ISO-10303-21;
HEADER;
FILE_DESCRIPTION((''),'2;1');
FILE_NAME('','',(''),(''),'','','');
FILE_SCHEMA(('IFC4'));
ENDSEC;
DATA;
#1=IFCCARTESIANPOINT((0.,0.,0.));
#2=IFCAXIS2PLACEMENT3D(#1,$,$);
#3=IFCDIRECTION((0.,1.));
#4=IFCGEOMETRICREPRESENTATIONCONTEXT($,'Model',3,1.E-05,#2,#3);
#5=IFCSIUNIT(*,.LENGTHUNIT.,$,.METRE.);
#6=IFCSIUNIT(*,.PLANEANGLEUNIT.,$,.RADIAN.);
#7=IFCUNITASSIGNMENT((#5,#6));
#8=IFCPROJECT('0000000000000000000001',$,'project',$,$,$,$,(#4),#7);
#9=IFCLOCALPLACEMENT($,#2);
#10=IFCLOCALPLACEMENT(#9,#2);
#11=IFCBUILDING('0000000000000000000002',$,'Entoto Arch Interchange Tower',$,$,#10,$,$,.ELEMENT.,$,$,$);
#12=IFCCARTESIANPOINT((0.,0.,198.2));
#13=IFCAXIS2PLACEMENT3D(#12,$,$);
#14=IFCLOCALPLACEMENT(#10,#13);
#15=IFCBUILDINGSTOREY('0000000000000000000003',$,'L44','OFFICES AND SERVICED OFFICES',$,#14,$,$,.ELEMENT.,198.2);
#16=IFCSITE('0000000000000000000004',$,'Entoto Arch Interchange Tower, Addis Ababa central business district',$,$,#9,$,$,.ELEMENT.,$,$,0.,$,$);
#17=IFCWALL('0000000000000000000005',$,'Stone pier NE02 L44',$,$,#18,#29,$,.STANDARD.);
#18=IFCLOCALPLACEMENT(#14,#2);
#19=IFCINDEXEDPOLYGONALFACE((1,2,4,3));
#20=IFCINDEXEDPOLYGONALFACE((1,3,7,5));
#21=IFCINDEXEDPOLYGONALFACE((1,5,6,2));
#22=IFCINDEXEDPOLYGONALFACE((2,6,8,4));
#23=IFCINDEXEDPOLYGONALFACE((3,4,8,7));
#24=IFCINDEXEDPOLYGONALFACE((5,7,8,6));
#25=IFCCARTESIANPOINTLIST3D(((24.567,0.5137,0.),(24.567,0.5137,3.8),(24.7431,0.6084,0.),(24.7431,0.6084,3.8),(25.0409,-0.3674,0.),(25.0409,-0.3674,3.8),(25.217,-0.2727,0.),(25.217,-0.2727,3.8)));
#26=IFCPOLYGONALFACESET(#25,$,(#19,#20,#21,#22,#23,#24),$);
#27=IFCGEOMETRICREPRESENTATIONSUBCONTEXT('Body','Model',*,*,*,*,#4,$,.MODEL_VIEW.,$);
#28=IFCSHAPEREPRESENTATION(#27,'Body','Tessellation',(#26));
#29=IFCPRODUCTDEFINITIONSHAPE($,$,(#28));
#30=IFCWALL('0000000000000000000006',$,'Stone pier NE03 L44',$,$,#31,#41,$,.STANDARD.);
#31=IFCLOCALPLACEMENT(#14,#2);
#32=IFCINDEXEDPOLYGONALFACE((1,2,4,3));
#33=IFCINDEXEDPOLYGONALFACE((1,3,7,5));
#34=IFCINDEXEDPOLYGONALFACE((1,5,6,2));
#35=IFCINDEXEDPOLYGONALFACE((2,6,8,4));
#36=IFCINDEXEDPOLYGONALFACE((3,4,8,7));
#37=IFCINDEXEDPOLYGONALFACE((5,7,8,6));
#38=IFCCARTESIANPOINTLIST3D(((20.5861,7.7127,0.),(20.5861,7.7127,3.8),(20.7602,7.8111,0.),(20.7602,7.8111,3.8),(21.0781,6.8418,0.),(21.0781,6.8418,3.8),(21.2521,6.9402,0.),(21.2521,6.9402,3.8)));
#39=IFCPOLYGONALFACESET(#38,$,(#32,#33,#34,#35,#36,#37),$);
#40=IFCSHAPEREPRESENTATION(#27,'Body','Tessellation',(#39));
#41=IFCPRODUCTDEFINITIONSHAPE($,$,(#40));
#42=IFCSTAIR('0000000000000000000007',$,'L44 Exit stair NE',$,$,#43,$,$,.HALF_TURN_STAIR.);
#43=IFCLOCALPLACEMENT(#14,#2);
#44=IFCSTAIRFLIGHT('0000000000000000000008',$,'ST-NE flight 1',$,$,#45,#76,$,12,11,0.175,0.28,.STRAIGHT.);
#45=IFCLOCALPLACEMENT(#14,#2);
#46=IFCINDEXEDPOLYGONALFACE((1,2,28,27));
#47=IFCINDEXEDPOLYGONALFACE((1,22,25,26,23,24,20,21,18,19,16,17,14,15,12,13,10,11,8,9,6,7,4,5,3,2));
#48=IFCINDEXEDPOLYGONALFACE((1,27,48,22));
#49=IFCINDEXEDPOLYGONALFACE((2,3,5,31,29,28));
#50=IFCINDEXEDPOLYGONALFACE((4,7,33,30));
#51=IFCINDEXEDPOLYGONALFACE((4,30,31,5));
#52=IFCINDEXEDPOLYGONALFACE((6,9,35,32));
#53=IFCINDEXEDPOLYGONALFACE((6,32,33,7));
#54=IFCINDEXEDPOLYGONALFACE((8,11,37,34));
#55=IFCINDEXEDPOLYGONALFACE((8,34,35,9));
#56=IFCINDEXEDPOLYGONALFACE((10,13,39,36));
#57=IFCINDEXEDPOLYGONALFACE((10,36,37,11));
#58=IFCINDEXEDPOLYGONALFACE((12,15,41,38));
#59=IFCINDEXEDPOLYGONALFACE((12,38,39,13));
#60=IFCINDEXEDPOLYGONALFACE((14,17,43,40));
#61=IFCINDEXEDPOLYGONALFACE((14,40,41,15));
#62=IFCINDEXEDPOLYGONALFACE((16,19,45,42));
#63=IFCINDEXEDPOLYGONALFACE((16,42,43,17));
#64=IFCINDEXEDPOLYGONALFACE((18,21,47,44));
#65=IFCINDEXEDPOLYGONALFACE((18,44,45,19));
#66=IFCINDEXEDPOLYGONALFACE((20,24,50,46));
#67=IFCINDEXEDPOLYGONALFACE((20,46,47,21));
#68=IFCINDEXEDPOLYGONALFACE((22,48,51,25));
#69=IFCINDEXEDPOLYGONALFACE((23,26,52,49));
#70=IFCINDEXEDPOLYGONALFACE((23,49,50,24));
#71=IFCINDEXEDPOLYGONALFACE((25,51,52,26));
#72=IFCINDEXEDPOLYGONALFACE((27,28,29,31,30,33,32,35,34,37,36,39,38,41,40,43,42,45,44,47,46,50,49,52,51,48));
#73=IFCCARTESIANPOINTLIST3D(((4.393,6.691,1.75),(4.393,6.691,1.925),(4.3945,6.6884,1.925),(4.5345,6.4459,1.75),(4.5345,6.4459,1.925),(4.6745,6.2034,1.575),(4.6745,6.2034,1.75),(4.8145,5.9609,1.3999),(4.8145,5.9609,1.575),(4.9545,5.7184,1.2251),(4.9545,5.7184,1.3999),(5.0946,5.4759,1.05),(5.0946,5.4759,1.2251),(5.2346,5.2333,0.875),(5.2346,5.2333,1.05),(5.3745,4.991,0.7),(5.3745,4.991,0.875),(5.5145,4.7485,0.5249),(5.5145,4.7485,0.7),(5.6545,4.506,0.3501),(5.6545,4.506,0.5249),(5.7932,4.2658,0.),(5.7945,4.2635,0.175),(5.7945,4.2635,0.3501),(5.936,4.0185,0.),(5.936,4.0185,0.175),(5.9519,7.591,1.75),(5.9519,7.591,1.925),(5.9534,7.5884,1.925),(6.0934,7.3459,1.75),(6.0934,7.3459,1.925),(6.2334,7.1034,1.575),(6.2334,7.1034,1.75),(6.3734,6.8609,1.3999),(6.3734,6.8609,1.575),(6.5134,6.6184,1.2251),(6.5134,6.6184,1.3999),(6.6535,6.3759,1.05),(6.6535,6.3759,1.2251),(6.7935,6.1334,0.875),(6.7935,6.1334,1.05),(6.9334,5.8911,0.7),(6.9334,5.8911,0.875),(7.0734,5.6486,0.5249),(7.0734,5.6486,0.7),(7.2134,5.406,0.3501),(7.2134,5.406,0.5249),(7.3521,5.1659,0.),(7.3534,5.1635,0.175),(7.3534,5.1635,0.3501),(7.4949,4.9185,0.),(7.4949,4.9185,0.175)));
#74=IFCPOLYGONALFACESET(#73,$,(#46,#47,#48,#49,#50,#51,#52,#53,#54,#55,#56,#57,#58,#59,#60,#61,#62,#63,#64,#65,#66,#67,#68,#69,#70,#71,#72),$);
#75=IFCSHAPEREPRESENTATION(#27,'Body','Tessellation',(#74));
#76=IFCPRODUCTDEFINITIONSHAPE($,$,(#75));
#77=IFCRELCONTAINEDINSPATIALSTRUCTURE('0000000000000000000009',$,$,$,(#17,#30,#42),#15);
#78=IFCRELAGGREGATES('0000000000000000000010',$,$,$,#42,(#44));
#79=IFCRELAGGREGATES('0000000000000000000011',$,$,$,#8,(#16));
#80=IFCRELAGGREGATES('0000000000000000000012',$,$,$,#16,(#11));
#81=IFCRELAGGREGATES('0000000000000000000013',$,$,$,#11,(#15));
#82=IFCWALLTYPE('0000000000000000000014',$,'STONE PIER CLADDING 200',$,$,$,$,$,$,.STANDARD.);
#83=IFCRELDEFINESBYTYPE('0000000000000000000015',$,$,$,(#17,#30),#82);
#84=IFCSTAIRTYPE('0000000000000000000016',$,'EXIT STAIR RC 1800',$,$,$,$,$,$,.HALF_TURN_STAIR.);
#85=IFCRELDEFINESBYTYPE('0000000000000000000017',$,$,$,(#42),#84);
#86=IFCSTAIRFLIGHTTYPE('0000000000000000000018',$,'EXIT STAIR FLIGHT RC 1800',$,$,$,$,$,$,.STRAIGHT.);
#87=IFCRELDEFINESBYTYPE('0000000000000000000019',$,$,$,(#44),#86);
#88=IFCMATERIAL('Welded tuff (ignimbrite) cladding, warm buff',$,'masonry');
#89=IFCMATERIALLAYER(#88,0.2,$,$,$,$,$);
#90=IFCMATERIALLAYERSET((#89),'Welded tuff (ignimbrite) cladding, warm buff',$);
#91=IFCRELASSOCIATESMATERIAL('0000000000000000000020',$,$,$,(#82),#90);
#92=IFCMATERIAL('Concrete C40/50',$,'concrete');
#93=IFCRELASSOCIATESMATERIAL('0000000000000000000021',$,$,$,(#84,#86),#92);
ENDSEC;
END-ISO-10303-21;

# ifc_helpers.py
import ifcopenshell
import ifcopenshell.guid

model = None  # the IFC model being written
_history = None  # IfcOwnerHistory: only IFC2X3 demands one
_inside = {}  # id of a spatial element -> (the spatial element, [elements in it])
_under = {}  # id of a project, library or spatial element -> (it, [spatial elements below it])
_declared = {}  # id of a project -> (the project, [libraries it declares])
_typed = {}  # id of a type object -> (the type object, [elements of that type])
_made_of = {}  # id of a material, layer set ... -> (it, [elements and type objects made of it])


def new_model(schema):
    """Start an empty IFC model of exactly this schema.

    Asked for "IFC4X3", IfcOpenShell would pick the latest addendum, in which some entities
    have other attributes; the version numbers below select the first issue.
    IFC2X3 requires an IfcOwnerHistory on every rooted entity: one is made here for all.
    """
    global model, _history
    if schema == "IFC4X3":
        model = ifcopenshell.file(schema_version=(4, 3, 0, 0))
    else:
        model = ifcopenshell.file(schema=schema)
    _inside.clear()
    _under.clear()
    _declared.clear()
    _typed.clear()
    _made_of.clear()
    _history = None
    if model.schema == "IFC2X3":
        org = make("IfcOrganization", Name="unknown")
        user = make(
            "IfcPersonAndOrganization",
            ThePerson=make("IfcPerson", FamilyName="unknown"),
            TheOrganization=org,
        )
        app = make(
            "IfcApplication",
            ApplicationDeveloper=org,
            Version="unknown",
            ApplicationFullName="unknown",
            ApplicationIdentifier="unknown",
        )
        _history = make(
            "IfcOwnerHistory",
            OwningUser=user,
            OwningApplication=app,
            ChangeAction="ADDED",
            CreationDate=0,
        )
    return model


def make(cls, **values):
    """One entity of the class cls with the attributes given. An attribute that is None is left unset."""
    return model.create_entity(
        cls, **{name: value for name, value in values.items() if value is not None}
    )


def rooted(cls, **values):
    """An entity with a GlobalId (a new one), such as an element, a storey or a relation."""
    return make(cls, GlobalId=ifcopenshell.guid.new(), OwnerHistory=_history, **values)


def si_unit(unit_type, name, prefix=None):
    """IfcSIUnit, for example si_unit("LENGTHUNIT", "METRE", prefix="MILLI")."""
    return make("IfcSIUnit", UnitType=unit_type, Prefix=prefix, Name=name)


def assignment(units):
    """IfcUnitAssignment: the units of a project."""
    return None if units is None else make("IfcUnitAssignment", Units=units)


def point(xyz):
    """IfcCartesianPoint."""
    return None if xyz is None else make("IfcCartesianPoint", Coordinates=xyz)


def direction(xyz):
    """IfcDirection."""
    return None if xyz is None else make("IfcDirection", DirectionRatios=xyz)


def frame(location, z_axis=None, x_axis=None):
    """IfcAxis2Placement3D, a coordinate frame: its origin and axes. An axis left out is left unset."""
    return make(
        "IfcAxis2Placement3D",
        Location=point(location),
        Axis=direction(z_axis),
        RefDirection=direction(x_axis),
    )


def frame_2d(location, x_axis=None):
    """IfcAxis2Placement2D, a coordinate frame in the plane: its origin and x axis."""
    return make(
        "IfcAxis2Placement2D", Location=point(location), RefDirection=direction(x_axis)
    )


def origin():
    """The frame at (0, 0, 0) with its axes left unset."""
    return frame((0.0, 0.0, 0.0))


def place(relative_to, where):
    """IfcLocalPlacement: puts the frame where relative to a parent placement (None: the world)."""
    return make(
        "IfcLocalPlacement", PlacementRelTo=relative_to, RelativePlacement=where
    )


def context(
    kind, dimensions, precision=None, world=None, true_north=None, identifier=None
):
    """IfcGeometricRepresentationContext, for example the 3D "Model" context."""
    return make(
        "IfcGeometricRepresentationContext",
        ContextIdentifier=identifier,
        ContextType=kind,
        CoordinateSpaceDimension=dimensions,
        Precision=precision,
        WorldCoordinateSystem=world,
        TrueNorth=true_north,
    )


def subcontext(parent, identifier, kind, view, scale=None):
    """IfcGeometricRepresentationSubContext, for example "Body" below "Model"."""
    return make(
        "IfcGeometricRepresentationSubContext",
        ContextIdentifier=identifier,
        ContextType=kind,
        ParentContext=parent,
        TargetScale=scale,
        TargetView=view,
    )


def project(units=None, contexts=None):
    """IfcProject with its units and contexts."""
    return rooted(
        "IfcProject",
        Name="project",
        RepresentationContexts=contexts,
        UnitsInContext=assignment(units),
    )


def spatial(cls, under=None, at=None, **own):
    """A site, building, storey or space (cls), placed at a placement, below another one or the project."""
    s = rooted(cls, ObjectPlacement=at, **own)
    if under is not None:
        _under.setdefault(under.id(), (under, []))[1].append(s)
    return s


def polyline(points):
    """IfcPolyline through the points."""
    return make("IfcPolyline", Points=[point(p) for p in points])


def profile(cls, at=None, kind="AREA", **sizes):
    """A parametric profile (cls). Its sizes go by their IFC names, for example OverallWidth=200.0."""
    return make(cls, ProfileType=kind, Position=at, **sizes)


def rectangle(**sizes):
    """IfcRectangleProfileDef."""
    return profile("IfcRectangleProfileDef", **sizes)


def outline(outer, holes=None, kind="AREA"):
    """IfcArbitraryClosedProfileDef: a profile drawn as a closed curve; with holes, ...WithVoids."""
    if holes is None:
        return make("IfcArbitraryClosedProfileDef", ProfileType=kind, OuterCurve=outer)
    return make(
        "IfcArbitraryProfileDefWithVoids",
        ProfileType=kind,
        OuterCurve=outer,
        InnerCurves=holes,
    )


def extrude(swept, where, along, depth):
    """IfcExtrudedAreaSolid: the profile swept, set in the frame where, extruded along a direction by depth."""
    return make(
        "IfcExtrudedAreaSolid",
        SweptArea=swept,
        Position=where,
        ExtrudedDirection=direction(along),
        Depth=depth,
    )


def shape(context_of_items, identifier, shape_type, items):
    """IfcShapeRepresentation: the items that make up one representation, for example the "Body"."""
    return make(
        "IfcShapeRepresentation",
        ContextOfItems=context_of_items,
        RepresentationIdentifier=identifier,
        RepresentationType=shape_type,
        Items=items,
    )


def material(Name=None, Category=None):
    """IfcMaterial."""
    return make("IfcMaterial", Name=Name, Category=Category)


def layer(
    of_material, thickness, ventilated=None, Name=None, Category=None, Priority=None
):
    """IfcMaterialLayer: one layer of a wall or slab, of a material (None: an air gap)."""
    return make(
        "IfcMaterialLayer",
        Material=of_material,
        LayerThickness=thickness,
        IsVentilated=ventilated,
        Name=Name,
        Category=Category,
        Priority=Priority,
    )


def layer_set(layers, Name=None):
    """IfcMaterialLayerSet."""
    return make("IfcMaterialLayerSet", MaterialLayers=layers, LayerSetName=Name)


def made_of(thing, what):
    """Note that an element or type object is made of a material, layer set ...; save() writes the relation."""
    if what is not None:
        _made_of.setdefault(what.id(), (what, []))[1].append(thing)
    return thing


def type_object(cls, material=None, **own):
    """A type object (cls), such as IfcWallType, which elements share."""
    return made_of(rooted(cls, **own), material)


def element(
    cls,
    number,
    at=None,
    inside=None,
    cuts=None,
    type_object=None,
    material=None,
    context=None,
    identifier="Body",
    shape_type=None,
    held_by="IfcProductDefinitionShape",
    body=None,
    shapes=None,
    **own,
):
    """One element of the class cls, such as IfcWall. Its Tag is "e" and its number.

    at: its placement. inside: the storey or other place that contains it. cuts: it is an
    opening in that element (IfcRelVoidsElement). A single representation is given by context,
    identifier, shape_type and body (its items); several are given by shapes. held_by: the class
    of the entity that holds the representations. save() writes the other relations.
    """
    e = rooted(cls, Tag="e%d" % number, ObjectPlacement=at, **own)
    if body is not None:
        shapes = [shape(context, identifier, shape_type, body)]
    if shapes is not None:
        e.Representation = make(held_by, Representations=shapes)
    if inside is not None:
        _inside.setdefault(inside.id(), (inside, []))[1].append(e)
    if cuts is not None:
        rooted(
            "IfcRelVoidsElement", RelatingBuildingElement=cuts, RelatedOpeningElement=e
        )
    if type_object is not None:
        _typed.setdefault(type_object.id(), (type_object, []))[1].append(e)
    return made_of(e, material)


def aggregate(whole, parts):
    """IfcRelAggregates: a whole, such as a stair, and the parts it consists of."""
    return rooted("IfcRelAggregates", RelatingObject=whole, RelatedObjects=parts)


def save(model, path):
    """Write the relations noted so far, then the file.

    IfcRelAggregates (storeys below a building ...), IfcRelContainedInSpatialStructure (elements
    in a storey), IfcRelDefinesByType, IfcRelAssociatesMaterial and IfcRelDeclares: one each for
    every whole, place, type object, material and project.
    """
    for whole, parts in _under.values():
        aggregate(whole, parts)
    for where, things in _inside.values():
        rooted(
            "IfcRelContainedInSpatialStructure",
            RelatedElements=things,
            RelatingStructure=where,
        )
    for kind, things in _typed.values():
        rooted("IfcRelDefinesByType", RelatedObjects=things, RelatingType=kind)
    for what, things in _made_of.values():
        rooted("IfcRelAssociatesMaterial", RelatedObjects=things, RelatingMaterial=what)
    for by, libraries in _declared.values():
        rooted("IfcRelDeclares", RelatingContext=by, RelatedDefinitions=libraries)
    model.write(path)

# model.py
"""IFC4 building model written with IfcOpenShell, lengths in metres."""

from ifc_helpers import new_model, si_unit, direction, frame, frame_2d, origin, place, context, subcontext, project, spatial, polyline, rectangle, outline, extrude, material, layer, layer_set, type_object, element, aggregate, save


model = new_model("IFC4")

# Units and contexts
model_context = context("Model", 3, precision=1e-05, world=origin(), true_north=direction((0.0, 1.0)))
body_context = subcontext(model_context, "Body", "Model", "MODEL_VIEW")
ifc_project = project(units=[si_unit("LENGTHUNIT", "METRE"), si_unit("PLANEANGLEUNIT", "RADIAN")], contexts=[model_context])

# Site, building, storey
site_placement = place(None, origin())
site = spatial("IfcSite", under=ifc_project, at=site_placement, Name="Entoto Arch Interchange Tower, Addis Ababa central business district", CompositionType="ELEMENT", RefElevation=0.0)
building_placement = place(site_placement, origin())
building = spatial("IfcBuilding", under=site, at=building_placement, Name="Entoto Arch Interchange Tower", CompositionType="ELEMENT")
storey_placement = place(building_placement, frame((0.0, 0.0, 198.2)))
storey = spatial("IfcBuildingStorey", under=building, at=storey_placement, Name="L44", Description="OFFICES AND SERVICED OFFICES", CompositionType="ELEMENT", Elevation=198.2)

# Shared definitions
ifc_material_1 = material(Name="Concrete C40/50", Category="concrete")

# Shared definitions
ifc_material_2 = material(Name="Welded tuff (ignimbrite) cladding, warm buff", Category="masonry")

# Walls
ifc_layer_1 = layer(ifc_material_2, 0.2)
ifc_layer_set_1 = layer_set([ifc_layer_1], Name="Welded tuff (ignimbrite) cladding, warm buff")
wall_type_1 = type_object("IfcWallType", Name="STONE PIER CLADDING 200", PredefinedType="STANDARD", material=ifc_layer_set_1)
wall_1_placement = place(storey_placement, frame((25.1289, -0.3201, 0.0), z_axis=(0.0, 0.0, 1.0), x_axis=(-0.473663, 0.880706, 0.0)))
element("IfcWall", 1, at=wall_1_placement, inside=storey, type_object=wall_type_1, Name="Stone pier NE02 L44", PredefinedType="STANDARD", context=body_context, shape_type="SweptSolid", body=[
    extrude(rectangle(XDim=1.0005, YDim=0.2, at=frame_2d((0.5002, 0.0))), origin(), (0.0, 0.0, 1.0), 3.8),
])
wall_2_placement = place(storey_placement, frame((21.165, 6.8911, 0.0), z_axis=(0.0, 0.0, 1.0), x_axis=(-0.491848, 0.870681, 0.0)))
element("IfcWall", 2, at=wall_2_placement, inside=storey, type_object=wall_type_1, Name="Stone pier NE03 L44", PredefinedType="STANDARD", context=body_context, shape_type="SweptSolid", body=[
    extrude(rectangle(XDim=1.0002, YDim=0.2, at=frame_2d((0.5, 0.0))), origin(), (0.0, 0.0, 1.0), 3.8),
])

# Stair, stair flight
stair_type = type_object("IfcStairType", Name="EXIT STAIR RC 1800", PredefinedType="HALF_TURN_STAIR", material=ifc_material_1)
stair_placement = place(storey_placement, origin())
stair = element("IfcStair", 3, at=stair_placement, inside=storey, type_object=stair_type, Name="L44 Exit stair NE", PredefinedType="HALF_TURN_STAIR")
stair_flight_type = type_object("IfcStairFlightType", Name="EXIT STAIR FLIGHT RC 1800", PredefinedType="STRAIGHT", material=ifc_material_1)
stair_flight_placement = place(storey_placement, frame((6.7139, 4.4709, 0.0), z_axis=(0.0, 0.0, 1.0), x_axis=(-0.5, 0.866025, 0.0)))
stair_flight = element("IfcStairFlight", 4, at=stair_flight_placement, type_object=stair_flight_type, Name="ST-NE flight 1", NumberOfRisers=12, NumberOfTreads=11, PredefinedType="STRAIGHT", RiserHeight=0.175, TreadLength=0.28, context=body_context, shape_type="SweptSolid", body=[
    extrude(outline(polyline([(-0.0029, 0.0), (-0.0029, 0.175), (0.28, 0.175), (0.28, 0.3501), (0.5601, 0.3501), (0.5601, 0.5249), (0.8401, 0.5249), (0.8401, 0.7), (1.1201, 0.7), (1.1201, 0.875), (1.3999, 0.875), (1.3999, 1.05), (1.6799, 1.05), (1.6799, 1.2251), (1.96, 1.2251), (1.96, 1.3999), (2.24, 1.3999), (2.24, 1.575), (2.52, 1.575), (2.52, 1.75), (2.8, 1.75), (2.8, 1.925), (3.0801, 1.925), (3.083, 1.925), (3.083, 1.75), (0.2827, 0.0), (-0.0029, 0.0)])), frame((0.0, 0.8999, 0.0), z_axis=(0.0, -1.0, 0.0), x_axis=(1.0, 0.0, 0.0)), (0.0, 0.0, 1.0), 1.8),
])
aggregate(stair, [stair_flight])

save(model, "model.ifc")
